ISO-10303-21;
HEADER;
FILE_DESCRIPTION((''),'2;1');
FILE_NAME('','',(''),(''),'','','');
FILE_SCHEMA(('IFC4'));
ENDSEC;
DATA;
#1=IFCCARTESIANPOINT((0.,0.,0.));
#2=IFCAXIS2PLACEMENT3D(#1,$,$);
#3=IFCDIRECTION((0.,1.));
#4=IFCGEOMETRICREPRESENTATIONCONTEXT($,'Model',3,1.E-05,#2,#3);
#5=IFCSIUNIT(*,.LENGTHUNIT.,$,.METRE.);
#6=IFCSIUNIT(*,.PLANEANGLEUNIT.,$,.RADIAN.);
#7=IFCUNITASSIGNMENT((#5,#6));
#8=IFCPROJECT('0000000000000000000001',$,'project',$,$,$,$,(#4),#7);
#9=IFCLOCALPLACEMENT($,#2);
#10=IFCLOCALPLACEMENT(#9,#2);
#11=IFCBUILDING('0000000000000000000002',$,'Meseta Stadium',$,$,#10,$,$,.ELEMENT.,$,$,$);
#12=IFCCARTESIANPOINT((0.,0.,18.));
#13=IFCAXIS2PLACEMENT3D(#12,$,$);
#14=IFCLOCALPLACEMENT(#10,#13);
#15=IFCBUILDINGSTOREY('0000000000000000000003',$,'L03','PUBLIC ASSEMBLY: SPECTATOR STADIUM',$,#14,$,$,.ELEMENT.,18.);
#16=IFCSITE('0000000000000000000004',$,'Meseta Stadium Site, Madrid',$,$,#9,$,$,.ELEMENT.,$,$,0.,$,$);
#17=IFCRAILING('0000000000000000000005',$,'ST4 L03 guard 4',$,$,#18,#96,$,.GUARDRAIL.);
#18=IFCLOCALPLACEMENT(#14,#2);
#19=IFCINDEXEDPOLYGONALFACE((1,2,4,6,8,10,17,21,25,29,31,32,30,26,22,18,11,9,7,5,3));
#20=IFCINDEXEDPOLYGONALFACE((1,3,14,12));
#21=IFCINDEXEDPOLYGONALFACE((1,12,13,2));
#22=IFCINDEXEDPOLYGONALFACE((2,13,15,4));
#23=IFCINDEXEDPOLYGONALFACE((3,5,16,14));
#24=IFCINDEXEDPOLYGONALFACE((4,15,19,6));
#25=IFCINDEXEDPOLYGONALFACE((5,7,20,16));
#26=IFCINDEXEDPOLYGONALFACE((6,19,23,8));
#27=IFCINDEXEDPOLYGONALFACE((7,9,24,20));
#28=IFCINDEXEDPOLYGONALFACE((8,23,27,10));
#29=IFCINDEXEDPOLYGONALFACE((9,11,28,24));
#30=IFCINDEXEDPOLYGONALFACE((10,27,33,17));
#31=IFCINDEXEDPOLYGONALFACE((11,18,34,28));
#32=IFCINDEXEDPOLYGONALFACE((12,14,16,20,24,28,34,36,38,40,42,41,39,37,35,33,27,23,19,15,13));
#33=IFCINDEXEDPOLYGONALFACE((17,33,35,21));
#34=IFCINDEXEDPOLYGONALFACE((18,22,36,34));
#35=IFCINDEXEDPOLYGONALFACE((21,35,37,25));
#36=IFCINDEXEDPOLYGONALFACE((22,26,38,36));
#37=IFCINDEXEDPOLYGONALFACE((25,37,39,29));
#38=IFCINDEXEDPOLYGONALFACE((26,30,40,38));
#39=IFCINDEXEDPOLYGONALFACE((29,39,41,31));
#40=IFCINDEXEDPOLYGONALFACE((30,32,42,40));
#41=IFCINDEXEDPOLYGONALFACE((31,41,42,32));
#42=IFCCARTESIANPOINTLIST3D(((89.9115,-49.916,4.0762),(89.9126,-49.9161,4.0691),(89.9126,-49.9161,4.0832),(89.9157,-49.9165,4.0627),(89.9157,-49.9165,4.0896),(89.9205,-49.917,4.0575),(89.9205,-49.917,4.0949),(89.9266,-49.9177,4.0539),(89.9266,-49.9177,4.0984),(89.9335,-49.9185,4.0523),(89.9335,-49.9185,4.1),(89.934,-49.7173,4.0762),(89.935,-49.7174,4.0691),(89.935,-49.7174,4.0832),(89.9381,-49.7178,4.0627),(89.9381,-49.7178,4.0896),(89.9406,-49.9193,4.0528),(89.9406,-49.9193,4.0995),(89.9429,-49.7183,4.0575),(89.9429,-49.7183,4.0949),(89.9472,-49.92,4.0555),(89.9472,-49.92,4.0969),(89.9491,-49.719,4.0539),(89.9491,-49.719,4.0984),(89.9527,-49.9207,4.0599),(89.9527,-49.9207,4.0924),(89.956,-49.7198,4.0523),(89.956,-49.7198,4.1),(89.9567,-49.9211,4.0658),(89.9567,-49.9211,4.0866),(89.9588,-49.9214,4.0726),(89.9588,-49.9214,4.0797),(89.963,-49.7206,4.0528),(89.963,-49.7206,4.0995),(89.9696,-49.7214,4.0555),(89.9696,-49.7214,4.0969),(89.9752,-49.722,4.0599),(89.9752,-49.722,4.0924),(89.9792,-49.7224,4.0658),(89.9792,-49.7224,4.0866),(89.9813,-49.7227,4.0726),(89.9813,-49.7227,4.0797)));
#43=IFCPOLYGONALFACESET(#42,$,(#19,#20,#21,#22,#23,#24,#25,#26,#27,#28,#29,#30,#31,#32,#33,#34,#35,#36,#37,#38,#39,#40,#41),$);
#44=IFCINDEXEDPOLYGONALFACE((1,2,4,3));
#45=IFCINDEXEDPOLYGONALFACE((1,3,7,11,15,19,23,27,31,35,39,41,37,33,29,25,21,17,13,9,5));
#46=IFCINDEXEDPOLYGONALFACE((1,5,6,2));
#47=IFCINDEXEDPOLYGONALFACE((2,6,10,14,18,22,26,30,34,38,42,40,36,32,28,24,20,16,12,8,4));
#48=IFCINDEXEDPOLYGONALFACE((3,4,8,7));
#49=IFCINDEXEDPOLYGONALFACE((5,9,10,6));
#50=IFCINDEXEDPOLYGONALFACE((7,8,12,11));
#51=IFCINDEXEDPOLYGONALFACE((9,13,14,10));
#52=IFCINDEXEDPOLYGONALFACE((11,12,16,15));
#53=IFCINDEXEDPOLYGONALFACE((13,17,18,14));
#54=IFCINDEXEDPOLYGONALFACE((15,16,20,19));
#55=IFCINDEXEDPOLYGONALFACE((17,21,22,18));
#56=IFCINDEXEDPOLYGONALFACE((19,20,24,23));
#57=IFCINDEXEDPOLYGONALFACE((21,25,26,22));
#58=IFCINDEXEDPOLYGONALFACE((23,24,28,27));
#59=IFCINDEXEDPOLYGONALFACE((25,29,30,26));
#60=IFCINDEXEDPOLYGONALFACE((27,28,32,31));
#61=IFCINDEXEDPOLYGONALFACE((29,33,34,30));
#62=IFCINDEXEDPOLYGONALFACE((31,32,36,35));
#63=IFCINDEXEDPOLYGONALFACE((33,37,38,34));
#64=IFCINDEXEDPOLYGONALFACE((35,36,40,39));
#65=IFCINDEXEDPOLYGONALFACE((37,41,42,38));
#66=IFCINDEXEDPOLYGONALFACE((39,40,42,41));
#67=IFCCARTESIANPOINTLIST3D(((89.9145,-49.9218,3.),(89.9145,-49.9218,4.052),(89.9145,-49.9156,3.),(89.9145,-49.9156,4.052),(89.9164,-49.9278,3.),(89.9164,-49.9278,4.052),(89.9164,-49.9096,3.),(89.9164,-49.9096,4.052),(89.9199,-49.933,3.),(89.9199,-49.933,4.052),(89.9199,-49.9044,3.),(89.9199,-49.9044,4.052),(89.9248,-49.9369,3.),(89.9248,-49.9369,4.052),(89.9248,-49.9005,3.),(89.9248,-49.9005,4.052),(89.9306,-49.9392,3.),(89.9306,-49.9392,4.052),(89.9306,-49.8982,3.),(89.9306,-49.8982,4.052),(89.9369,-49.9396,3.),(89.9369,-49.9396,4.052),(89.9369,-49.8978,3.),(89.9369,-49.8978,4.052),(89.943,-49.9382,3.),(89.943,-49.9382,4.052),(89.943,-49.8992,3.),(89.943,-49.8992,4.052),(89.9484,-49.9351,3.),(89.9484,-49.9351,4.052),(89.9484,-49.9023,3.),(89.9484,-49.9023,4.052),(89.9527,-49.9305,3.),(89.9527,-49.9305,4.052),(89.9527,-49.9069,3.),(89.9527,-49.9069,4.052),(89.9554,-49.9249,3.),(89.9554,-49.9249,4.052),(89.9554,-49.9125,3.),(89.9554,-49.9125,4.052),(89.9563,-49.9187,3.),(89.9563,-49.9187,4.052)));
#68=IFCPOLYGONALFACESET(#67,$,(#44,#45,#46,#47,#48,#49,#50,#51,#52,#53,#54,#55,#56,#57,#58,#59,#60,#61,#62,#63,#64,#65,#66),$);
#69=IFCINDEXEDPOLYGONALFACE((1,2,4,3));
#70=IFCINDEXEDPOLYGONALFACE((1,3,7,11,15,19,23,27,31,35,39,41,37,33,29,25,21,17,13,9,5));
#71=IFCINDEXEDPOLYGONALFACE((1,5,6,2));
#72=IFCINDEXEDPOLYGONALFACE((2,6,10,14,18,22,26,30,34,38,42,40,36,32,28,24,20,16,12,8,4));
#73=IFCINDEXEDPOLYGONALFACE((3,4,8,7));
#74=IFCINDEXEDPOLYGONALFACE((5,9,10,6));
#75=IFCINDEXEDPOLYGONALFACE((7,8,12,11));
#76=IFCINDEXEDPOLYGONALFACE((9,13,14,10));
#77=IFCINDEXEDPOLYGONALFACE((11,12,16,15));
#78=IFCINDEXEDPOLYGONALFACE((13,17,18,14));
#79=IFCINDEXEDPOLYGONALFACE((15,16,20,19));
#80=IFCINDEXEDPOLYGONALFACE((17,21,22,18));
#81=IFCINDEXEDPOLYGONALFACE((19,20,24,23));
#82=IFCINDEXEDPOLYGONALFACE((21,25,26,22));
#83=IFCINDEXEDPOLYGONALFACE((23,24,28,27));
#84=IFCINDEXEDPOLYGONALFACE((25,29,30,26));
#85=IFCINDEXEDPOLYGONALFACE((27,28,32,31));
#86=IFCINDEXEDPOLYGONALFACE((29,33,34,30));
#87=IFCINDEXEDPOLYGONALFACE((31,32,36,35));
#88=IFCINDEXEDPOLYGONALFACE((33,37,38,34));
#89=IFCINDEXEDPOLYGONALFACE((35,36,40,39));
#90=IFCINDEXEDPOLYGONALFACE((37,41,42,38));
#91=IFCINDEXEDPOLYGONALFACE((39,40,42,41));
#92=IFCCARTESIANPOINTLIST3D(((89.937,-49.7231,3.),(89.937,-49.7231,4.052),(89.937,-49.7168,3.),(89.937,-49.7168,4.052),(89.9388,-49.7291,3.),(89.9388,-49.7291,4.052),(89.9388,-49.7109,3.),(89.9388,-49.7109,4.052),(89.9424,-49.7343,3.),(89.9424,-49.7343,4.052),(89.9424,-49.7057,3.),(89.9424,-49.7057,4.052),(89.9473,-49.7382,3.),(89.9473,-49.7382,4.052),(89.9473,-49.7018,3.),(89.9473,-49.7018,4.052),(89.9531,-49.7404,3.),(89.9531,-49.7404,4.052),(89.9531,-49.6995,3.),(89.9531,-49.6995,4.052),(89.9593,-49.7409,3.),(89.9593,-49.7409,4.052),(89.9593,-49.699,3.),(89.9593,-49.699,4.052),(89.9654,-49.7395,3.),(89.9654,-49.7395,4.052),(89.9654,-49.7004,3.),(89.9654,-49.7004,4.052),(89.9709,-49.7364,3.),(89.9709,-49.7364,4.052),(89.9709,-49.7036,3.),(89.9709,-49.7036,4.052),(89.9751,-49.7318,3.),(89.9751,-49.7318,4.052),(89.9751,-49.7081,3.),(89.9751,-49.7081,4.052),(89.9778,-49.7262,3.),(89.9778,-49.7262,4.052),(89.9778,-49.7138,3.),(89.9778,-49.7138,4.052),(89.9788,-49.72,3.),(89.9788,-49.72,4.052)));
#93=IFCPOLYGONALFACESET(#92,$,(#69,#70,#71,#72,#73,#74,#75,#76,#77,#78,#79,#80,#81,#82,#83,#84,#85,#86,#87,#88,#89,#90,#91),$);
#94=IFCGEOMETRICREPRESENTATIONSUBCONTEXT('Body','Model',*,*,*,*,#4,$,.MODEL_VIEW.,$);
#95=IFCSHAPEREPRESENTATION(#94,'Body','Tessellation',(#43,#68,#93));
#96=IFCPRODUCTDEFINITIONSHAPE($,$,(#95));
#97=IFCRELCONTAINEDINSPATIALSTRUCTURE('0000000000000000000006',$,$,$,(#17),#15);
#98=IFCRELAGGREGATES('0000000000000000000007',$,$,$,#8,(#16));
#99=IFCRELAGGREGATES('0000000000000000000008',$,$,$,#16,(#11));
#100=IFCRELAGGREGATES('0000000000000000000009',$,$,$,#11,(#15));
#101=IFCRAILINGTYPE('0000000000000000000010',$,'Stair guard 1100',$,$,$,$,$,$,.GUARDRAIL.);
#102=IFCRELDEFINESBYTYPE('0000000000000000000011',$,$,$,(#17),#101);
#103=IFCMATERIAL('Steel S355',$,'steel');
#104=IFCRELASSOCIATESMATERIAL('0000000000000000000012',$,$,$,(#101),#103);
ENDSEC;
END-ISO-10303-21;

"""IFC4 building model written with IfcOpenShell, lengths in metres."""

from ifc_helpers import new_model, si_unit, direction, frame, origin, origin_2d, place, context, subcontext, project, spatial, circle, extrude, material, type_object, element, save


model = new_model("IFC4")

# Units and contexts
model_context = context("Model", 3, precision=1e-05, world=origin(), true_north=direction((0.0, 1.0)))
body_context = subcontext(model_context, "Body", "Model", "MODEL_VIEW")
ifc_project = project(units=[si_unit("LENGTHUNIT", "METRE"), si_unit("PLANEANGLEUNIT", "RADIAN")], contexts=[model_context])

# Site, building, storey
site_placement = place(None, origin())
site = spatial("IfcSite", under=ifc_project, at=site_placement, Name="Meseta Stadium Site, Madrid", CompositionType="ELEMENT", RefElevation=0.0)
building_placement = place(site_placement, origin())
building = spatial("IfcBuilding", under=site, at=building_placement, Name="Meseta Stadium", CompositionType="ELEMENT")
storey_placement = place(building_placement, frame((0.0, 0.0, 18.0)))
storey = spatial("IfcBuildingStorey", under=building, at=storey_placement, Name="L03", Description="PUBLIC ASSEMBLY: SPECTATOR STADIUM", CompositionType="ELEMENT", Elevation=18.0)

# Railing
ifc_material_1 = material(Name="Steel S355", Category="steel")
railing_type_1 = type_object("IfcRailingType", Name="Stair guard 1100", PredefinedType="GUARDRAIL", material=ifc_material_1)
railing_1_placement = place(storey_placement, frame((89.9353, -49.9187, 3.0)))
element("IfcRailing", 1, at=railing_1_placement, inside=storey, type_object=railing_type_1, Name="ST4 L03 guard 4", PredefinedType="GUARDRAIL", context=body_context, shape_type="SweptSolid", body=[
    extrude(circle(Radius=0.0239, at=origin_2d()), frame((0.0, 0.0, 1.0762), z_axis=(0.112307, 0.993674, 0.0), x_axis=(-0.993674, 0.112307, 0.0)), (0.0, 0.0, 1.0), 0.2),
    extrude(circle(Radius=0.021, at=origin_2d()), origin(), (0.0, 0.0, 1.0), 1.052),
    extrude(circle(Radius=0.021, at=origin_2d()), frame((0.0225, 0.1987, 0.0)), (0.0, 0.0, 1.0), 1.052),
])

save(model, "model.ifc")
